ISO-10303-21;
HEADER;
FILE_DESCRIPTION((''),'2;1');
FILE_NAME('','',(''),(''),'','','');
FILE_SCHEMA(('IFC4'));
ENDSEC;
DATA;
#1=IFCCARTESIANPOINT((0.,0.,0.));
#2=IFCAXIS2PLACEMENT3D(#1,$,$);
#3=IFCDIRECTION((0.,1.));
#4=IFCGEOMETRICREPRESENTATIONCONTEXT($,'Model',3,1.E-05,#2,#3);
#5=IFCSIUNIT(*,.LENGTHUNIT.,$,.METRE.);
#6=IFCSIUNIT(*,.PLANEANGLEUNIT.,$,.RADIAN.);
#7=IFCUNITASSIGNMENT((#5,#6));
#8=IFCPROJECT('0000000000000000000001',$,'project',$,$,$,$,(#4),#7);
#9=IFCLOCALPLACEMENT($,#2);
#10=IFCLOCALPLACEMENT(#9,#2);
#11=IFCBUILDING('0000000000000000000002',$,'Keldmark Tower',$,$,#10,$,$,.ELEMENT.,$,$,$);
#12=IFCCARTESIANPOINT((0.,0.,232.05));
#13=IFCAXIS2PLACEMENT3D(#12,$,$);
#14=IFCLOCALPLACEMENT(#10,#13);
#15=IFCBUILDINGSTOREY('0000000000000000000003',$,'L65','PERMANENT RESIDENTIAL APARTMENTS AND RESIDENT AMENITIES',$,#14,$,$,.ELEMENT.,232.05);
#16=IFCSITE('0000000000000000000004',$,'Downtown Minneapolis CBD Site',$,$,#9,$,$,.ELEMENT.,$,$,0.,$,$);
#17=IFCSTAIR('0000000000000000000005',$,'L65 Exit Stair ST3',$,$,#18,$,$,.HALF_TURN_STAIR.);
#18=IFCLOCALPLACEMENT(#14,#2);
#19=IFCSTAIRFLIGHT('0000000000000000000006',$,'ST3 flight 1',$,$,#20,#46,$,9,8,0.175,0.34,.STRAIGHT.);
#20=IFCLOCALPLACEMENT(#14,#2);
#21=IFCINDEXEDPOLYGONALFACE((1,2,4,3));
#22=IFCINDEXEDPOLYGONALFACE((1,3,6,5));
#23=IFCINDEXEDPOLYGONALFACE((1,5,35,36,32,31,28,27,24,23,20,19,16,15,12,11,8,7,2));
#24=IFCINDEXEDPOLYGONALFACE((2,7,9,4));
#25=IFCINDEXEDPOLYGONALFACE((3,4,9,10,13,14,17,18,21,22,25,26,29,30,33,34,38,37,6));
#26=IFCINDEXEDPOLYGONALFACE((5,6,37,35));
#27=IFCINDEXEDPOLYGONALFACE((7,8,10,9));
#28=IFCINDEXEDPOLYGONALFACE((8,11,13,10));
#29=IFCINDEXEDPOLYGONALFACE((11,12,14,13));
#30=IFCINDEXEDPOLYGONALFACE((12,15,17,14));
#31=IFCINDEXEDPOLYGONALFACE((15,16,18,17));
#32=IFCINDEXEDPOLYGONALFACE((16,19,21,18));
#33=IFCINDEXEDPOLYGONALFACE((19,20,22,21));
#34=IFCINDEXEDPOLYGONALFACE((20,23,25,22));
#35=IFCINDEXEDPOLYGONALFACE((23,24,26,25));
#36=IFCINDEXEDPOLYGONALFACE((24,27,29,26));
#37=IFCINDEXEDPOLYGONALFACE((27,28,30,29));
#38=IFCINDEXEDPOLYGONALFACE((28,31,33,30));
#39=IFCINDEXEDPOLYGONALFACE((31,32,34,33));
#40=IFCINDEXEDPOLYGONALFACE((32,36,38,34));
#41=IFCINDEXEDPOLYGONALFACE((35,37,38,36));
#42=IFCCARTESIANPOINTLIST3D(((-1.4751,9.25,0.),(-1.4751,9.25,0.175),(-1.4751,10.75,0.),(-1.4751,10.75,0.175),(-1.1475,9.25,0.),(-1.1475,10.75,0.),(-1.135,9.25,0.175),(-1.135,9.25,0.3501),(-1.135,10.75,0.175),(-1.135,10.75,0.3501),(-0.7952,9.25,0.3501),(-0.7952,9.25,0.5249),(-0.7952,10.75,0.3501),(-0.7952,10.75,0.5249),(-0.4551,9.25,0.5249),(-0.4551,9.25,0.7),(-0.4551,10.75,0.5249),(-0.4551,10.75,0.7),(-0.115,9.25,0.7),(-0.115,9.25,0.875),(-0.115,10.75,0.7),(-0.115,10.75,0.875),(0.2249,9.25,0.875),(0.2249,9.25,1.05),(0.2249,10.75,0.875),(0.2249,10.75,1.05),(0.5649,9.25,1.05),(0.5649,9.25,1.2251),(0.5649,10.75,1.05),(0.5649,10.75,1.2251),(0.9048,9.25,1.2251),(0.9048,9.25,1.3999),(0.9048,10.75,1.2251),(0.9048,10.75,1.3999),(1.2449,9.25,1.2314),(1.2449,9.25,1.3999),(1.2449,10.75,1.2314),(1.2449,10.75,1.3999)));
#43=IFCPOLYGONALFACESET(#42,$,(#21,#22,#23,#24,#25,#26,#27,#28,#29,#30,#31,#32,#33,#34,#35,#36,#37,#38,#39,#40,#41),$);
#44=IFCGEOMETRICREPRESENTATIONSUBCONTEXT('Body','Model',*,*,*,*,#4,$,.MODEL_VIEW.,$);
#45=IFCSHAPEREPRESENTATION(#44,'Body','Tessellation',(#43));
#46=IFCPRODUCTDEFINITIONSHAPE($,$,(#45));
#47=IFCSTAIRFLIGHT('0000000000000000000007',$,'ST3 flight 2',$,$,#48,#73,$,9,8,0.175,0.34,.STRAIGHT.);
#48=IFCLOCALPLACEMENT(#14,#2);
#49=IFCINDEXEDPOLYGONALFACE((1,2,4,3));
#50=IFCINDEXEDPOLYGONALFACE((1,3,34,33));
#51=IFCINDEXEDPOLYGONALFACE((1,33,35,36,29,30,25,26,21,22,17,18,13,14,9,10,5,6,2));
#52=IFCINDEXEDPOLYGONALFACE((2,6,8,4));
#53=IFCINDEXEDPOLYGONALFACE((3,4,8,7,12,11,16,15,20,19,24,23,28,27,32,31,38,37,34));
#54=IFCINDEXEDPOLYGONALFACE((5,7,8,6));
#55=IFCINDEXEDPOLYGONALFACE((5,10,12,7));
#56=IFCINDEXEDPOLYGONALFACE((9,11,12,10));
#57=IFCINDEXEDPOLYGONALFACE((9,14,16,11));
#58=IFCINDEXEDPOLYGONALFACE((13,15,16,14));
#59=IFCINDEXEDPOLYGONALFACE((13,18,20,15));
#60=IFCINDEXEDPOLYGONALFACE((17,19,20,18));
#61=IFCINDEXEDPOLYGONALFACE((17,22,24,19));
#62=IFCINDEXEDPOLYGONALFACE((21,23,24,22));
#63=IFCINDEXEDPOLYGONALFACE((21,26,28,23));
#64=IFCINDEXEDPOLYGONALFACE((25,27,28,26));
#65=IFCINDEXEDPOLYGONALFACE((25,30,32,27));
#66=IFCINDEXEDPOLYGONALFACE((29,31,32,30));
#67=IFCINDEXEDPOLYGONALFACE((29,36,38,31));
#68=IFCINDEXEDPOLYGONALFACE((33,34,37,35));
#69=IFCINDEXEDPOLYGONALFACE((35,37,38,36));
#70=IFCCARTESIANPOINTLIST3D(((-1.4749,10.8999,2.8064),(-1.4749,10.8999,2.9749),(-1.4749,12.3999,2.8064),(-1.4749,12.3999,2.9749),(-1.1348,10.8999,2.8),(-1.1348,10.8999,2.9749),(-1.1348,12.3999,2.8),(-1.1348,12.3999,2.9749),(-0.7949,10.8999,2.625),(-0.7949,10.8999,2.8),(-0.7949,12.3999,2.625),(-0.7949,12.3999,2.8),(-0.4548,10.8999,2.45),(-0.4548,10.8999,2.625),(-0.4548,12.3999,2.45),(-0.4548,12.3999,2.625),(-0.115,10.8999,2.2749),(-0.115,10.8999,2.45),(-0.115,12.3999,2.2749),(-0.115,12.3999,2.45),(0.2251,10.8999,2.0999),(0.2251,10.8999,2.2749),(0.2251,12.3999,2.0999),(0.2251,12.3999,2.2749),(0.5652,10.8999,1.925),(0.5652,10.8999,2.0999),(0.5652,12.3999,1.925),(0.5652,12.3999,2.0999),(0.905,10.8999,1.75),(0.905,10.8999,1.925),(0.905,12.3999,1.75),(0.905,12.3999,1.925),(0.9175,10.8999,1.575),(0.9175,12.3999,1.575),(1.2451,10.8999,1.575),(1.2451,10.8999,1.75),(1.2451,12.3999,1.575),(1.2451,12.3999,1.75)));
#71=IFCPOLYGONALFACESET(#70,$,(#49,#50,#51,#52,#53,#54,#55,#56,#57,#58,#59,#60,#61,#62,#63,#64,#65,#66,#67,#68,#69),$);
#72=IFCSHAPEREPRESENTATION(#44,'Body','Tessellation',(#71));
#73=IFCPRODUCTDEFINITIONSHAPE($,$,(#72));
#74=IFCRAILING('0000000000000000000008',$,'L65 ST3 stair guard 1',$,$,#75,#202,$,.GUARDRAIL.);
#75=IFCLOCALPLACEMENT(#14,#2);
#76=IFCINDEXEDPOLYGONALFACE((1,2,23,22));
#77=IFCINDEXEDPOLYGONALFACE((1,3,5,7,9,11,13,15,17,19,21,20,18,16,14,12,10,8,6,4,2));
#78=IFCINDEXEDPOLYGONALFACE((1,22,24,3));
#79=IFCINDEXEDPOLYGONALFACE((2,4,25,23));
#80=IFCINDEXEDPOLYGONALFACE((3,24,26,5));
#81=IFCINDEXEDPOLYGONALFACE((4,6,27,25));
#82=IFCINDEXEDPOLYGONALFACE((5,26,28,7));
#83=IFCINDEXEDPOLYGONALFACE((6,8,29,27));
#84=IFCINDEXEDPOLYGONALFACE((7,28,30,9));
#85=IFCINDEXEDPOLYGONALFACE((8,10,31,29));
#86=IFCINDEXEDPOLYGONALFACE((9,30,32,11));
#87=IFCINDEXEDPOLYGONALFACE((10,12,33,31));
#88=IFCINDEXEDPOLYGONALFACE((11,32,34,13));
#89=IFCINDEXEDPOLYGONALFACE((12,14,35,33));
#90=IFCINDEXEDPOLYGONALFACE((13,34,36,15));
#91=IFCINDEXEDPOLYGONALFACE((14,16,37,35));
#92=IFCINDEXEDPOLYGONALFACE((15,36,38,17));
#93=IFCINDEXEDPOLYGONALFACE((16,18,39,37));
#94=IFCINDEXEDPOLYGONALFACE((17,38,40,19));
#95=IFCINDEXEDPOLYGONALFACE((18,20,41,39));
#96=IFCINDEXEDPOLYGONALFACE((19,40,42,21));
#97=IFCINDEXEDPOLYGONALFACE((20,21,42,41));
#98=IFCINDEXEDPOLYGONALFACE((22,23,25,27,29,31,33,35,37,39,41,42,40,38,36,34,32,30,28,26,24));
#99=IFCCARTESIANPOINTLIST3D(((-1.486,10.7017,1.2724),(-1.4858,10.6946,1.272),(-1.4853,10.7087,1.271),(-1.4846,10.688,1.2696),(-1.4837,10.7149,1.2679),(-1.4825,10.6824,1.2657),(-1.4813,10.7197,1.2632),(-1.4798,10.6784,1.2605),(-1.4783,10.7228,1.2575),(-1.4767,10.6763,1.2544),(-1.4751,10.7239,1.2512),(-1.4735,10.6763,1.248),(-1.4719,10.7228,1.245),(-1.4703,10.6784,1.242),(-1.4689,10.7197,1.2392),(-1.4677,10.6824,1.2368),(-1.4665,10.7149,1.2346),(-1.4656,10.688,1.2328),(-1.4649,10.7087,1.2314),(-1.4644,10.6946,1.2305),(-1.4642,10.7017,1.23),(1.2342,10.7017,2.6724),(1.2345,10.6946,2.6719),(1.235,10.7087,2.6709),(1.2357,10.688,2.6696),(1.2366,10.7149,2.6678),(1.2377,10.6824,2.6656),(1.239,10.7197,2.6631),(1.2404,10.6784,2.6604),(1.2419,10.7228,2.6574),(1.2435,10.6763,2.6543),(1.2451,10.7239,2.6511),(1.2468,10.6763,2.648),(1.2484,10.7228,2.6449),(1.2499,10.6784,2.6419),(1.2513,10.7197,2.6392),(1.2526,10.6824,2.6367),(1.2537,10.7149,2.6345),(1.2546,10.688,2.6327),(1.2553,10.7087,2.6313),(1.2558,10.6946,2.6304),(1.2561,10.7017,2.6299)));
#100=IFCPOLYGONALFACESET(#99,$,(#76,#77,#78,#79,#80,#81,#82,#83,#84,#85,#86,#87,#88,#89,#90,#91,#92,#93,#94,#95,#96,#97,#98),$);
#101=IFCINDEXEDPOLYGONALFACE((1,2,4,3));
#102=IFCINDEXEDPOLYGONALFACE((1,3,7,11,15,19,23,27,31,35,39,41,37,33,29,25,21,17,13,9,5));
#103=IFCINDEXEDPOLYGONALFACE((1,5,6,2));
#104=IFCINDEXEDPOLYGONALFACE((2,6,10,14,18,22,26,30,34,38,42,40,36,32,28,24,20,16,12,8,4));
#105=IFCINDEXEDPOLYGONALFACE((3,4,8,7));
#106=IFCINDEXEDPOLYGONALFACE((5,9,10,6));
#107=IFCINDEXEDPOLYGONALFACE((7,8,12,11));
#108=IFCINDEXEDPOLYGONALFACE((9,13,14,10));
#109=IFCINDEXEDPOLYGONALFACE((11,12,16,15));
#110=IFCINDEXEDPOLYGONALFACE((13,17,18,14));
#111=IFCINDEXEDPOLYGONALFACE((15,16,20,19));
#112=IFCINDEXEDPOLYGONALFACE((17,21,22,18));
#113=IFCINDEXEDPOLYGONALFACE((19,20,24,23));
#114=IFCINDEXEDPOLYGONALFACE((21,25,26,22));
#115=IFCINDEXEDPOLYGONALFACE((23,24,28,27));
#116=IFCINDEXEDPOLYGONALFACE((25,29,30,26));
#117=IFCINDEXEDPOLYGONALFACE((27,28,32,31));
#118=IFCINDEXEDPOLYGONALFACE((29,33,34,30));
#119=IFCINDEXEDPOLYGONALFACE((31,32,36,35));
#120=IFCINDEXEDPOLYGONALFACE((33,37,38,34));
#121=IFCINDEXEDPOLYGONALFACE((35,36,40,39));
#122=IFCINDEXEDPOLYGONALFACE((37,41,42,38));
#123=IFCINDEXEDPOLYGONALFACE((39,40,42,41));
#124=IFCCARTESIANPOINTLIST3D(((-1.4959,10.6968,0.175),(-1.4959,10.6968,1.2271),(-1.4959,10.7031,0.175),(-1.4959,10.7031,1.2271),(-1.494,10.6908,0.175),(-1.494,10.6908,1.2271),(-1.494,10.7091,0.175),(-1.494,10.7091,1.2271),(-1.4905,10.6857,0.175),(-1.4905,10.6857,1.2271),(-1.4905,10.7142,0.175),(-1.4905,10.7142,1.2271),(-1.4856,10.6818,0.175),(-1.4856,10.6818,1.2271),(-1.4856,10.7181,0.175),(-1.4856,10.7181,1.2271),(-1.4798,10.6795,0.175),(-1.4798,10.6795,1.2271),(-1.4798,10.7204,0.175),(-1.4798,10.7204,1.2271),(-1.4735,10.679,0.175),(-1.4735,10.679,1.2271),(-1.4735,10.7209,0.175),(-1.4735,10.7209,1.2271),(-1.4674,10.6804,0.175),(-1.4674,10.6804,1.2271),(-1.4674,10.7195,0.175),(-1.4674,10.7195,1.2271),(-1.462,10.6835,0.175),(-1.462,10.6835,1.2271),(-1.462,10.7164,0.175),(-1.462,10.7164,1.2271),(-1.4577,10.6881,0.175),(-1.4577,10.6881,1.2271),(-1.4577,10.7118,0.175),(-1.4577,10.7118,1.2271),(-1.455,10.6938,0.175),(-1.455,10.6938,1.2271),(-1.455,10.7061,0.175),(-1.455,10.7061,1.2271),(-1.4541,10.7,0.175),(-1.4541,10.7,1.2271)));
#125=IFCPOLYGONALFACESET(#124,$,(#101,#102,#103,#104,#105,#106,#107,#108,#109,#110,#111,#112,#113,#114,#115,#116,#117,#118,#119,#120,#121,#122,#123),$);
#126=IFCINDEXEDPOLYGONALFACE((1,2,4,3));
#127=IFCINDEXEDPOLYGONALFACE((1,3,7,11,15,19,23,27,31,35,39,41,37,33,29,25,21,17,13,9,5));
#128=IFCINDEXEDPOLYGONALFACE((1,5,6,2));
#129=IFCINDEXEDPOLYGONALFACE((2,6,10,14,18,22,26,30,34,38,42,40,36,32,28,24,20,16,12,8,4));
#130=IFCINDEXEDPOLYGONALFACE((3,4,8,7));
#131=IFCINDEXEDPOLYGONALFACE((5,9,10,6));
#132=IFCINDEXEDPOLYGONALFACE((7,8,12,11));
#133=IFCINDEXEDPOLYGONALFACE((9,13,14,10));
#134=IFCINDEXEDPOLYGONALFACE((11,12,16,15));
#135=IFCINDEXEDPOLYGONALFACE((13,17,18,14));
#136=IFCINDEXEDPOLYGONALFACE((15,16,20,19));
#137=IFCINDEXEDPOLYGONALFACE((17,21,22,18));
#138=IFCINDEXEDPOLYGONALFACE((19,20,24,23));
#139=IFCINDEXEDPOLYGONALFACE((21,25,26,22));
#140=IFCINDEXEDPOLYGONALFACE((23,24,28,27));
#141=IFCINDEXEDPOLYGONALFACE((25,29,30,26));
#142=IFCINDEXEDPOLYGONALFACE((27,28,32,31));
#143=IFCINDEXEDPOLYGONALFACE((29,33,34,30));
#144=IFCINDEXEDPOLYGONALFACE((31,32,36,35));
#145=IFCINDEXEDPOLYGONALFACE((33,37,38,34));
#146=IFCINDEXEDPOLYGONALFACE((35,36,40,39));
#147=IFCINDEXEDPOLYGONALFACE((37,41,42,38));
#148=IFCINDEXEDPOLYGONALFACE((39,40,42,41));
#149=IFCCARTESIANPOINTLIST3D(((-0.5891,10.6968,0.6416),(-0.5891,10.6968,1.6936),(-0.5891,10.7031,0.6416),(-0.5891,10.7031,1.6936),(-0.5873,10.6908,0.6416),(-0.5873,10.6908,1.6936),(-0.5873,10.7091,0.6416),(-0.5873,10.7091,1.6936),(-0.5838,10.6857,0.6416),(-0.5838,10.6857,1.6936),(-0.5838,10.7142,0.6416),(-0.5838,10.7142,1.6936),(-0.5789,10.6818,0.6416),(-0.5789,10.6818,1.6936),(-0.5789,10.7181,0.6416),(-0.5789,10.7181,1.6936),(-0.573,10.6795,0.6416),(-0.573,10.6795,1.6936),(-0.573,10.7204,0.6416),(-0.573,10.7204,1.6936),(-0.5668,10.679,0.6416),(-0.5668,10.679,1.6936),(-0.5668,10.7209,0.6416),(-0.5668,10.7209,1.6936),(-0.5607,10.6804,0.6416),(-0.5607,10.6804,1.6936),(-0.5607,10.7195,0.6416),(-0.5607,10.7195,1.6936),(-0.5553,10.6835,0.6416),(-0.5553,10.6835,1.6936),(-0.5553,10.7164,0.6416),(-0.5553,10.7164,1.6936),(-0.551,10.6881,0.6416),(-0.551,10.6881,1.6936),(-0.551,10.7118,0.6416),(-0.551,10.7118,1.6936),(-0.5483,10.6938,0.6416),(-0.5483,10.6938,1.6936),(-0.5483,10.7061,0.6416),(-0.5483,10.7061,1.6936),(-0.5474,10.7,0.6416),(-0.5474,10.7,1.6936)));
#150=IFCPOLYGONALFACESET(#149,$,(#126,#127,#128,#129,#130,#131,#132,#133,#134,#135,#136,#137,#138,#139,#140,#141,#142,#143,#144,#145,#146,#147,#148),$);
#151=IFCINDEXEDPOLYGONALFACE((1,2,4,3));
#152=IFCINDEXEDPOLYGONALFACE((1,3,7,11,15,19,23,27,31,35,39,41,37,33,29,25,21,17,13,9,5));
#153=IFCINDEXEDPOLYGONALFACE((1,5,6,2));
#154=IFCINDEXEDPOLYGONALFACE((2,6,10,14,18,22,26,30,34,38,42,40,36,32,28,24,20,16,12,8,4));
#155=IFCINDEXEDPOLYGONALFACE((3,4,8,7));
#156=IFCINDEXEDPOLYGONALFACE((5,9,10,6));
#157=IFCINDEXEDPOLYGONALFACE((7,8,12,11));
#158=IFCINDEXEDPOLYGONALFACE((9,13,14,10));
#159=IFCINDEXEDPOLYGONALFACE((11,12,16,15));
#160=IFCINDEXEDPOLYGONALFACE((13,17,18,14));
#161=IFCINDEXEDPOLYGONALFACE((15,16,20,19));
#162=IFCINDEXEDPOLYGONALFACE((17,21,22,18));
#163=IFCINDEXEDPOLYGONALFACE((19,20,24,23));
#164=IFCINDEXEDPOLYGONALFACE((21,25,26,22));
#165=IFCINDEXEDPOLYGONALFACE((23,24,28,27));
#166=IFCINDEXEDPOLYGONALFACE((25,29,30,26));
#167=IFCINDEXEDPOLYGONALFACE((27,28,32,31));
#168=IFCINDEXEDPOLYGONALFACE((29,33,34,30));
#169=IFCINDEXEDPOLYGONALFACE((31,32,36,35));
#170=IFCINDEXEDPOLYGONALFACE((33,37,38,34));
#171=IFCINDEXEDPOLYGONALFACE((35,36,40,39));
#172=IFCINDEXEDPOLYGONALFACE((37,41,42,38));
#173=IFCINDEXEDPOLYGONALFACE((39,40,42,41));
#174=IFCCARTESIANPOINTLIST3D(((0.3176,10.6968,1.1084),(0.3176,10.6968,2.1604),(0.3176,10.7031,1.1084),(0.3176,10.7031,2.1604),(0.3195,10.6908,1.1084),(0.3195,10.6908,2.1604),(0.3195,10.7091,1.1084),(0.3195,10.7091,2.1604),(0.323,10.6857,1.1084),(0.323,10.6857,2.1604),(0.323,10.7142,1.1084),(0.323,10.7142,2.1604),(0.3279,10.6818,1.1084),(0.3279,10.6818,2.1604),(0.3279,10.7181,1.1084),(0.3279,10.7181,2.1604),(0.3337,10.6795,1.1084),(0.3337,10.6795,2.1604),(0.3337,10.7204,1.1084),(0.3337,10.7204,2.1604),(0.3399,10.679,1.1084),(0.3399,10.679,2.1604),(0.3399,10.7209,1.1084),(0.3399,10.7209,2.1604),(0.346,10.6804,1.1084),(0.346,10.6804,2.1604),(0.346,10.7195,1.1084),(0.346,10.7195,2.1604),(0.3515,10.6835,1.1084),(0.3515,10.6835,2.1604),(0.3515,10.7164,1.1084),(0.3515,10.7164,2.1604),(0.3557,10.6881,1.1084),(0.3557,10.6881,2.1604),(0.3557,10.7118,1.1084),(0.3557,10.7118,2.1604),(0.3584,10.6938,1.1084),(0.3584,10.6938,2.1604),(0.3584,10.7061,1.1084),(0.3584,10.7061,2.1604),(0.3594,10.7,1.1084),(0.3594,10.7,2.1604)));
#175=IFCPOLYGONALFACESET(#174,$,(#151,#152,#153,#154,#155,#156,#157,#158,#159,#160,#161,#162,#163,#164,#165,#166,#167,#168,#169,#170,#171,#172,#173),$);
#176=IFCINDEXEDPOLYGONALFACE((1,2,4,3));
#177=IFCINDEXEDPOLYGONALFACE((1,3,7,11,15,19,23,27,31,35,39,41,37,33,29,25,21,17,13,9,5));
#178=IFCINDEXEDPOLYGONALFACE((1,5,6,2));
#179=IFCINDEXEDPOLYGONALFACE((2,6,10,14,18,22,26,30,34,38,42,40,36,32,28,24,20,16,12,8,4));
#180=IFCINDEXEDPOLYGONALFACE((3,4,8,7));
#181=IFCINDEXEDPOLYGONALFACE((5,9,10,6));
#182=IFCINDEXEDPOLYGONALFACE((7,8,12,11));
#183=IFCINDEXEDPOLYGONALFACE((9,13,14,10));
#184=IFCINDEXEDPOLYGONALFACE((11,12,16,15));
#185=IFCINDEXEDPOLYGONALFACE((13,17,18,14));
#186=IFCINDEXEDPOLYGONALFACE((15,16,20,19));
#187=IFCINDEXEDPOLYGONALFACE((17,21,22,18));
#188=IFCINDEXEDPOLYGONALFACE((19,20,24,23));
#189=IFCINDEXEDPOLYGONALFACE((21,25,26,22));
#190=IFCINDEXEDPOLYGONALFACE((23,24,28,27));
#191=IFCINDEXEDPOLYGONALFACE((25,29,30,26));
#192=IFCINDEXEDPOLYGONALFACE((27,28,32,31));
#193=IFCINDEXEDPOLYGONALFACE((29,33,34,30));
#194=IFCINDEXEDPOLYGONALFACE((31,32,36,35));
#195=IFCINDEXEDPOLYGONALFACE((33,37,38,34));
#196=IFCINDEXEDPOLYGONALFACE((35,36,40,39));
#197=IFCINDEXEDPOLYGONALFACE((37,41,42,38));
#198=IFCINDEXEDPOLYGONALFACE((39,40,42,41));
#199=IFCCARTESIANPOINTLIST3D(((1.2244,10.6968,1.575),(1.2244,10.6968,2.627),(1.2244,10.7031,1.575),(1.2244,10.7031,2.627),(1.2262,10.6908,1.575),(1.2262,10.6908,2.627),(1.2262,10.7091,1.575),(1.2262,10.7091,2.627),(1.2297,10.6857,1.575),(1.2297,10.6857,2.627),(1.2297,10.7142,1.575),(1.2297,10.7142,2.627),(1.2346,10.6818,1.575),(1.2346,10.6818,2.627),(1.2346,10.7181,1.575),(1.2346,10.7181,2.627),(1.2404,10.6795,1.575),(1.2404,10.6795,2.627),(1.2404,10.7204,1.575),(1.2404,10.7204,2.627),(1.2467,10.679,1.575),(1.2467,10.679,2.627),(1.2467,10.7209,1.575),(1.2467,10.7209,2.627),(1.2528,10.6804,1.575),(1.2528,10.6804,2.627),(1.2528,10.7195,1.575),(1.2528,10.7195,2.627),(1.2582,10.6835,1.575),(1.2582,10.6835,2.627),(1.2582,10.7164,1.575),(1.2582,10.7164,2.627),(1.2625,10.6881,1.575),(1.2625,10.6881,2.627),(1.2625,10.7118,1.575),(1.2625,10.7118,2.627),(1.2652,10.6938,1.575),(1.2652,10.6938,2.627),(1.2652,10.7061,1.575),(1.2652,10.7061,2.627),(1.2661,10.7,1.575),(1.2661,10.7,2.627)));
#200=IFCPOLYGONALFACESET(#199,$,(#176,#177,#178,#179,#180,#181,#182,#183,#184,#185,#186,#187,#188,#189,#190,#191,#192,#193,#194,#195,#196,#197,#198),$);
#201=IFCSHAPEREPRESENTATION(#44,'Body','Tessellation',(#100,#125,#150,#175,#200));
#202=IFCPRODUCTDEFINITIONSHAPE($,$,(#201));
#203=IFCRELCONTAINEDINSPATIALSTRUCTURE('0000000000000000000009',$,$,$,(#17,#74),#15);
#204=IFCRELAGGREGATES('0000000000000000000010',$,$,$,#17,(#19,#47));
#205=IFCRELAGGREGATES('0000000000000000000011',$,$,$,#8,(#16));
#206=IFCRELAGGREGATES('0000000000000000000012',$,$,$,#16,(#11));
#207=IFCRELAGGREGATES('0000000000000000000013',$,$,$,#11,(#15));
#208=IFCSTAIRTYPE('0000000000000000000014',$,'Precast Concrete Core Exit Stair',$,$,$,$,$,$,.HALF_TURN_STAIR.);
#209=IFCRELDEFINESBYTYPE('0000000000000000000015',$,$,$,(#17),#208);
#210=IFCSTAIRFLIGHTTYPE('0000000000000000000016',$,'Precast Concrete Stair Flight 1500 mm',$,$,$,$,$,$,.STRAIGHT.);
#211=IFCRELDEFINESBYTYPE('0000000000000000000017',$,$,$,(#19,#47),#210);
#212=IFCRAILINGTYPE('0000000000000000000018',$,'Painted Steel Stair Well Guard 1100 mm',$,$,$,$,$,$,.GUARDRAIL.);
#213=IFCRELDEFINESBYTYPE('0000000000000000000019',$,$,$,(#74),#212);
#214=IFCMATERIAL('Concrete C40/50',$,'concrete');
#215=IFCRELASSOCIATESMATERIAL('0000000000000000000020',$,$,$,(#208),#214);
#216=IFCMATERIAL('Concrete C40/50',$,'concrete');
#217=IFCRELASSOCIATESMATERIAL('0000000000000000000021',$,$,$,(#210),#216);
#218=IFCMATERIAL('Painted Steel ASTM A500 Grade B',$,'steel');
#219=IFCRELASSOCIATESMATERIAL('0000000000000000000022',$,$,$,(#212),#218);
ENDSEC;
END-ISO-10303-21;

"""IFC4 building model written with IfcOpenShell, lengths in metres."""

from ifc_helpers import new_model, si_unit, direction, frame, origin, origin_2d, place, context, subcontext, project, spatial, polyline, circle, outline, extrude, material, type_object, element, aggregate, save


model = new_model("IFC4")

# Units and contexts
model_context = context("Model", 3, precision=1e-05, world=origin(), true_north=direction((0.0, 1.0)))
body_context = subcontext(model_context, "Body", "Model", "MODEL_VIEW")
ifc_project = project(units=[si_unit("LENGTHUNIT", "METRE"), si_unit("PLANEANGLEUNIT", "RADIAN")], contexts=[model_context])

# Site, building, storey
site_placement = place(None, origin())
site = spatial("IfcSite", under=ifc_project, at=site_placement, Name="Downtown Minneapolis CBD Site", CompositionType="ELEMENT", RefElevation=0.0)
building_placement = place(site_placement, origin())
building = spatial("IfcBuilding", under=site, at=building_placement, Name="Keldmark Tower", CompositionType="ELEMENT")
storey_placement = place(building_placement, frame((0.0, 0.0, 232.05)))
storey = spatial("IfcBuildingStorey", under=building, at=storey_placement, Name="L65", Description="PERMANENT RESIDENTIAL APARTMENTS AND RESIDENT AMENITIES", CompositionType="ELEMENT", Elevation=232.05)

# Stair, stair flights
ifc_material_1 = material(Name="Concrete C40/50", Category="concrete")
stair_type = type_object("IfcStairType", Name="Precast Concrete Core Exit Stair", PredefinedType="HALF_TURN_STAIR", material=ifc_material_1)
stair_placement = place(storey_placement, origin())
stair = element("IfcStair", 1, at=stair_placement, inside=storey, type_object=stair_type, Name="L65 Exit Stair ST3", PredefinedType="HALF_TURN_STAIR")
ifc_material_2 = material(Name="Concrete C40/50", Category="concrete")
stair_flight_type = type_object("IfcStairFlightType", Name="Precast Concrete Stair Flight 1500 mm", PredefinedType="STRAIGHT", material=ifc_material_2)
stair_flight_1_placement = place(storey_placement, frame((-1.4751, 10.0, 0.0), z_axis=(0.0, 0.0, 1.0), x_axis=(1.0, 0.0, 0.0)))
stair_flight_1 = element("IfcStairFlight", 2, at=stair_flight_1_placement, type_object=stair_flight_type, Name="ST3 flight 1", NumberOfRisers=9, NumberOfTreads=8, PredefinedType="STRAIGHT", RiserHeight=0.175, TreadLength=0.34, context=body_context, shape_type="SweptSolid", body=[
    extrude(outline(polyline([(0.0, 0.0), (0.0, 0.175), (0.3401, 0.175), (0.3401, 0.3501), (0.6799, 0.3501), (0.6799, 0.5249), (1.02, 0.5249), (1.02, 0.7), (1.3601, 0.7), (1.3601, 0.875), (1.7, 0.875), (1.7, 1.05), (2.04, 1.05), (2.04, 1.2251), (2.3799, 1.2251), (2.3799, 1.3999), (2.72, 1.3999), (2.72, 1.575), (2.72, 1.2314), (0.3276, 0.0), (0.0, 0.0)])), frame((0.0, 0.75, 0.0), z_axis=(0.0, -1.0, 0.0), x_axis=(1.0, 0.0, 0.0)), (0.0, 0.0, 1.0), 1.5),
])
stair_flight_2_placement = place(storey_placement, frame((1.2451, 11.6499, 1.575), z_axis=(0.0, 0.0, 1.0), x_axis=(-1.0, 0.0, 0.0)))
stair_flight_2 = element("IfcStairFlight", 3, at=stair_flight_2_placement, type_object=stair_flight_type, Name="ST3 flight 2", NumberOfRisers=9, NumberOfTreads=8, PredefinedType="STRAIGHT", RiserHeight=0.175, TreadLength=0.34, context=body_context, shape_type="SweptSolid", body=[
    extrude(outline(polyline([(0.0, 0.0), (0.0, 0.175), (0.3401, 0.175), (0.3401, 0.3501), (0.6799, 0.3501), (0.6799, 0.5249), (1.02, 0.5249), (1.02, 0.7), (1.3601, 0.7), (1.3601, 0.875), (1.7, 0.875), (1.7, 1.05), (2.04, 1.05), (2.04, 1.2251), (2.3799, 1.2251), (2.3799, 1.3999), (2.72, 1.3999), (2.72, 1.575), (2.72, 1.2314), (0.3276, 0.0), (0.0, 0.0)])), frame((0.0, 0.75, 0.0), z_axis=(0.0, -1.0, 0.0), x_axis=(1.0, 0.0, 0.0)), (0.0, 0.0, 1.0), 1.5),
])
aggregate(stair, [stair_flight_1, stair_flight_2])

# Railing
ifc_material_3 = material(Name="Painted Steel ASTM A500 Grade B", Category="steel")
railing_type_1 = type_object("IfcRailingType", Name="Painted Steel Stair Well Guard 1100 mm", PredefinedType="GUARDRAIL", material=ifc_material_3)
railing_1_placement = place(storey_placement, frame((-1.4751, 10.7, 0.175)))
element("IfcRailing", 4, at=railing_1_placement, inside=storey, type_object=railing_type_1, Name="L65 ST3 stair guard 1", PredefinedType="GUARDRAIL", context=body_context, shape_type="SweptSolid", body=[
    extrude(circle(Radius=0.0239, at=origin_2d()), frame((0.0, 0.0, 1.0762), z_axis=(0.889164, 0.0, 0.45759), x_axis=(0.0, 1.0, 0.0)), (0.0, 0.0, 1.0), 3.0593),
    extrude(circle(Radius=0.021, at=origin_2d()), origin(), (0.0, 0.0, 1.0), 1.052),
    extrude(circle(Radius=0.021, at=origin_2d()), frame((0.9067, 0.0, 0.4666)), (0.0, 0.0, 1.0), 1.052),
    extrude(circle(Radius=0.021, at=origin_2d()), frame((1.8135, 0.0, 0.9333)), (0.0, 0.0, 1.0), 1.052),
    extrude(circle(Radius=0.021, at=origin_2d()), frame((2.7202, 0.0, 1.3999)), (0.0, 0.0, 1.0), 1.052),
])

save(model, "model.ifc")
